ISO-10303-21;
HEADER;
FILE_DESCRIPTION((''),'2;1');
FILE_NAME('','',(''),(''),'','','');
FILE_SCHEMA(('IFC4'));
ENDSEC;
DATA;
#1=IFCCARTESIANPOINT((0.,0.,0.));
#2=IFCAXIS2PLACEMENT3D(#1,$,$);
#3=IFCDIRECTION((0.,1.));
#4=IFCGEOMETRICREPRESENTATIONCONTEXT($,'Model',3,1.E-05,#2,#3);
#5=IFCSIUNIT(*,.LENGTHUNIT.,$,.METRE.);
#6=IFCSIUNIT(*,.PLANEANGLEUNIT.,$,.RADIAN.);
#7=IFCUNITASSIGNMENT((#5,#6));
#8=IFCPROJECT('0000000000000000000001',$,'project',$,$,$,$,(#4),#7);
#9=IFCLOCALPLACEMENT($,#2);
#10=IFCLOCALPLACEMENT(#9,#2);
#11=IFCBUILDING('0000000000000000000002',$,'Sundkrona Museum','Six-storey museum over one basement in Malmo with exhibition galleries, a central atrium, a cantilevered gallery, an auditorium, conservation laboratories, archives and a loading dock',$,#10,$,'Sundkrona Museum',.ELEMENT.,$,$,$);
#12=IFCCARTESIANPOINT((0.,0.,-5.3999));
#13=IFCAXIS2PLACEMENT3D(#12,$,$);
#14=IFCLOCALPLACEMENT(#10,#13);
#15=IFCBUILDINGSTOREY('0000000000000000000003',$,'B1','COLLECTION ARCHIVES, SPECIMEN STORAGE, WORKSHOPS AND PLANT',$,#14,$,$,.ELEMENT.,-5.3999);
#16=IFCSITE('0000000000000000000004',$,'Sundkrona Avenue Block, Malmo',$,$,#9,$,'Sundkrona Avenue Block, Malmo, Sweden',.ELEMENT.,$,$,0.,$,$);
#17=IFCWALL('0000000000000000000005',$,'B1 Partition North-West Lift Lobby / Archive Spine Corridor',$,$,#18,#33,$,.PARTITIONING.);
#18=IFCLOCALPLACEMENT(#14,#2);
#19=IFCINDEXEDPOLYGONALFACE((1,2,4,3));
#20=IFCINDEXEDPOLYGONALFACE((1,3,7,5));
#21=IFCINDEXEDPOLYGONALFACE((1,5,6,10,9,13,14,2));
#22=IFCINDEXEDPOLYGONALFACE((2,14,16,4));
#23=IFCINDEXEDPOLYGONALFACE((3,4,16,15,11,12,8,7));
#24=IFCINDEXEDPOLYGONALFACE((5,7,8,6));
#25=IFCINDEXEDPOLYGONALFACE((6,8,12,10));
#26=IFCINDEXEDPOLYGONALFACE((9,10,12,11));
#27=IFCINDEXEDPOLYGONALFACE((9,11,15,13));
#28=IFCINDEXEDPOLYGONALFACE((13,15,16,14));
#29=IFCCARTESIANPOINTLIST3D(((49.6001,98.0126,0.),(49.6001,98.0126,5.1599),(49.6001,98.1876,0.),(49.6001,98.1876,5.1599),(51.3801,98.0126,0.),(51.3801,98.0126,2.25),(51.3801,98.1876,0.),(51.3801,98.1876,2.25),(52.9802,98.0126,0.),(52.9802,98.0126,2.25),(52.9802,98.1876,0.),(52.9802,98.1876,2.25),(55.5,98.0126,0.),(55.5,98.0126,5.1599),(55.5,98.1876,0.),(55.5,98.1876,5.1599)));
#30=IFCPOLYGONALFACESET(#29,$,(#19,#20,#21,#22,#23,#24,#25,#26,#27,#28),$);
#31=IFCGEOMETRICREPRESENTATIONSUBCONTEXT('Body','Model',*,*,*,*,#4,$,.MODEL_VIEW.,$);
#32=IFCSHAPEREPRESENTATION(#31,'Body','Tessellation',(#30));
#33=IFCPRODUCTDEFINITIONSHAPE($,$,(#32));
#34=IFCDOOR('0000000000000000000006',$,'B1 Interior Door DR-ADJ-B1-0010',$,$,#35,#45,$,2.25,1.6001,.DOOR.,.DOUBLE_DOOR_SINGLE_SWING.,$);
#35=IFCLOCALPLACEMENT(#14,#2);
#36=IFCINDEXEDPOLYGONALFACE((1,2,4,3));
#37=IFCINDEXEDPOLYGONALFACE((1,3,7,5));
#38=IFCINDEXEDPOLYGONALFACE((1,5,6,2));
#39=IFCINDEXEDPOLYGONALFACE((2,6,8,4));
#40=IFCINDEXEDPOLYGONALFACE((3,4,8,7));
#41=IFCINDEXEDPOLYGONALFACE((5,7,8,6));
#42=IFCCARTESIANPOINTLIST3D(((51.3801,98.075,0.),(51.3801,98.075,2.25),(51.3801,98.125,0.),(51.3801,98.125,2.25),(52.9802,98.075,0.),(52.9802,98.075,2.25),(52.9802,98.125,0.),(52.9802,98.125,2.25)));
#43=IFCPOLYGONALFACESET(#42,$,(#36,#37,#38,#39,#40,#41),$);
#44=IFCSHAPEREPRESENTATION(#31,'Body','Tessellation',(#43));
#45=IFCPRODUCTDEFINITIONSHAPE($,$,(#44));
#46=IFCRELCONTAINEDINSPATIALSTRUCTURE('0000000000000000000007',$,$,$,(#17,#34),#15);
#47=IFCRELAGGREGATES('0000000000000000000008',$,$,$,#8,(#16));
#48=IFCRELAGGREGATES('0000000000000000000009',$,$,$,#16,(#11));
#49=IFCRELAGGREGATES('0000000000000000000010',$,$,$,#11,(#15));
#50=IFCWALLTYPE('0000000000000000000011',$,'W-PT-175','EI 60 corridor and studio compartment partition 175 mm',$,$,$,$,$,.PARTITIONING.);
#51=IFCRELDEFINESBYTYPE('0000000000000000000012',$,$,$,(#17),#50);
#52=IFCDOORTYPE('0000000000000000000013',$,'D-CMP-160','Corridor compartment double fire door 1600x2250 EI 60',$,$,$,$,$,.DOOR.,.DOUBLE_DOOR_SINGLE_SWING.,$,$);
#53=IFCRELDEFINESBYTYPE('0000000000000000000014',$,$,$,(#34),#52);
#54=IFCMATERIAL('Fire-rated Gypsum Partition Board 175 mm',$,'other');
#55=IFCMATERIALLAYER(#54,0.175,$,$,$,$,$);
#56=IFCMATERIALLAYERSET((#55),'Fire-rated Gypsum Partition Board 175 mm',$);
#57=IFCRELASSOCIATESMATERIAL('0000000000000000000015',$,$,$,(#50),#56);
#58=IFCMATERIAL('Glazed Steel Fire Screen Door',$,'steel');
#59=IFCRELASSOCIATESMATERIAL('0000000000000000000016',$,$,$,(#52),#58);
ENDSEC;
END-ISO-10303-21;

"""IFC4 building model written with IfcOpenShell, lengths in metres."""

from ifc_helpers import new_model, si_unit, direction, frame, frame_2d, origin, place, context, subcontext, project, spatial, rectangle, extrude, material, layer, layer_set, type_object, element, fill, save


model = new_model("IFC4")

# Units and contexts
model_context = context("Model", 3, precision=1e-05, world=origin(), true_north=direction((0.0, 1.0)))
body_context = subcontext(model_context, "Body", "Model", "MODEL_VIEW")
ifc_project = project(units=[si_unit("LENGTHUNIT", "METRE"), si_unit("PLANEANGLEUNIT", "RADIAN")], contexts=[model_context])

# Site, building, storey
site_placement = place(None, origin())
site = spatial("IfcSite", under=ifc_project, at=site_placement, Name="Sundkrona Avenue Block, Malmo", LongName="Sundkrona Avenue Block, Malmo, Sweden", CompositionType="ELEMENT", RefElevation=0.0)
building_placement = place(site_placement, origin())
building = spatial("IfcBuilding", under=site, at=building_placement, Name="Sundkrona Museum", Description="Six-storey museum over one basement in Malmo with exhibition galleries, a central atrium, a cantilevered gallery, an auditorium, conservation laboratories, archives and a loading dock", LongName="Sundkrona Museum", CompositionType="ELEMENT")
storey_placement = place(building_placement, frame((0.0, 0.0, -5.3999)))
storey = spatial("IfcBuildingStorey", under=building, at=storey_placement, Name="B1", Description="COLLECTION ARCHIVES, SPECIMEN STORAGE, WORKSHOPS AND PLANT", CompositionType="ELEMENT", Elevation=-5.3999)

# Wall, opening, door
ifc_material_1 = material(Name="Fire-rated Gypsum Partition Board 175 mm", Category="other")
ifc_layer_1 = layer(ifc_material_1, 0.175)
ifc_layer_set_1 = layer_set([ifc_layer_1], Name="Fire-rated Gypsum Partition Board 175 mm")
wall_type_1 = type_object("IfcWallType", Name="W-PT-175", Description="EI 60 corridor and studio compartment partition 175 mm", PredefinedType="PARTITIONING", material=ifc_layer_set_1)
wall_1_placement = place(storey_placement, frame((49.6001, 98.1001, 0.0), z_axis=(0.0, 0.0, 1.0), x_axis=(1.0, 0.0, 0.0)))
wall_1 = element("IfcWall", 1, at=wall_1_placement, inside=storey, type_object=wall_type_1, Name="B1 Partition North-West Lift Lobby / Archive Spine Corridor", PredefinedType="PARTITIONING", context=body_context, shape_type="SweptSolid", body=[
    extrude(rectangle(XDim=5.8999, YDim=0.175, at=frame_2d((2.95, 0.0))), origin(), (0.0, 0.0, 1.0), 5.1599),
])
opening_1_placement = place(wall_1_placement, frame((1.78, 0.0, 0.0)))
opening_1 = element("IfcOpeningElement", 2, at=opening_1_placement, cuts=wall_1, PredefinedType="OPENING", context=body_context, shape_type="SweptSolid", body=[
    extrude(rectangle(XDim=1.6001, YDim=2.25, at=frame_2d((0.8, 1.125))), frame((0.0, 0.0974, 0.0), z_axis=(0.0, -1.0, 0.0), x_axis=(1.0, 0.0, 0.0)), (0.0, 0.0, 1.0), 0.1951),
])
ifc_material_2 = material(Name="Glazed Steel Fire Screen Door", Category="steel")
door_type_1 = type_object("IfcDoorType", Name="D-CMP-160", Description="Corridor compartment double fire door 1600x2250 EI 60", OperationType="DOUBLE_DOOR_SINGLE_SWING", PredefinedType="DOOR", material=ifc_material_2)
door_1_placement = place(opening_1_placement, origin())
door_1 = element("IfcDoor", 3, at=door_1_placement, inside=storey, type_object=door_type_1, Name="B1 Interior Door DR-ADJ-B1-0010", OperationType="DOUBLE_DOOR_SINGLE_SWING", OverallHeight=2.25, OverallWidth=1.6001, PredefinedType="DOOR", context=body_context, shape_type="SweptSolid", body=[
    extrude(rectangle(XDim=1.6001, YDim=2.25, at=frame_2d((0.8, 1.125))), frame((0.0, 0.0249, 0.0), z_axis=(0.0, -1.0, 0.0), x_axis=(1.0, 0.0, 0.0)), (0.0, 0.0, 1.0), 0.05),
])
fill(opening_1, door_1)

save(model, "model.ifc")
